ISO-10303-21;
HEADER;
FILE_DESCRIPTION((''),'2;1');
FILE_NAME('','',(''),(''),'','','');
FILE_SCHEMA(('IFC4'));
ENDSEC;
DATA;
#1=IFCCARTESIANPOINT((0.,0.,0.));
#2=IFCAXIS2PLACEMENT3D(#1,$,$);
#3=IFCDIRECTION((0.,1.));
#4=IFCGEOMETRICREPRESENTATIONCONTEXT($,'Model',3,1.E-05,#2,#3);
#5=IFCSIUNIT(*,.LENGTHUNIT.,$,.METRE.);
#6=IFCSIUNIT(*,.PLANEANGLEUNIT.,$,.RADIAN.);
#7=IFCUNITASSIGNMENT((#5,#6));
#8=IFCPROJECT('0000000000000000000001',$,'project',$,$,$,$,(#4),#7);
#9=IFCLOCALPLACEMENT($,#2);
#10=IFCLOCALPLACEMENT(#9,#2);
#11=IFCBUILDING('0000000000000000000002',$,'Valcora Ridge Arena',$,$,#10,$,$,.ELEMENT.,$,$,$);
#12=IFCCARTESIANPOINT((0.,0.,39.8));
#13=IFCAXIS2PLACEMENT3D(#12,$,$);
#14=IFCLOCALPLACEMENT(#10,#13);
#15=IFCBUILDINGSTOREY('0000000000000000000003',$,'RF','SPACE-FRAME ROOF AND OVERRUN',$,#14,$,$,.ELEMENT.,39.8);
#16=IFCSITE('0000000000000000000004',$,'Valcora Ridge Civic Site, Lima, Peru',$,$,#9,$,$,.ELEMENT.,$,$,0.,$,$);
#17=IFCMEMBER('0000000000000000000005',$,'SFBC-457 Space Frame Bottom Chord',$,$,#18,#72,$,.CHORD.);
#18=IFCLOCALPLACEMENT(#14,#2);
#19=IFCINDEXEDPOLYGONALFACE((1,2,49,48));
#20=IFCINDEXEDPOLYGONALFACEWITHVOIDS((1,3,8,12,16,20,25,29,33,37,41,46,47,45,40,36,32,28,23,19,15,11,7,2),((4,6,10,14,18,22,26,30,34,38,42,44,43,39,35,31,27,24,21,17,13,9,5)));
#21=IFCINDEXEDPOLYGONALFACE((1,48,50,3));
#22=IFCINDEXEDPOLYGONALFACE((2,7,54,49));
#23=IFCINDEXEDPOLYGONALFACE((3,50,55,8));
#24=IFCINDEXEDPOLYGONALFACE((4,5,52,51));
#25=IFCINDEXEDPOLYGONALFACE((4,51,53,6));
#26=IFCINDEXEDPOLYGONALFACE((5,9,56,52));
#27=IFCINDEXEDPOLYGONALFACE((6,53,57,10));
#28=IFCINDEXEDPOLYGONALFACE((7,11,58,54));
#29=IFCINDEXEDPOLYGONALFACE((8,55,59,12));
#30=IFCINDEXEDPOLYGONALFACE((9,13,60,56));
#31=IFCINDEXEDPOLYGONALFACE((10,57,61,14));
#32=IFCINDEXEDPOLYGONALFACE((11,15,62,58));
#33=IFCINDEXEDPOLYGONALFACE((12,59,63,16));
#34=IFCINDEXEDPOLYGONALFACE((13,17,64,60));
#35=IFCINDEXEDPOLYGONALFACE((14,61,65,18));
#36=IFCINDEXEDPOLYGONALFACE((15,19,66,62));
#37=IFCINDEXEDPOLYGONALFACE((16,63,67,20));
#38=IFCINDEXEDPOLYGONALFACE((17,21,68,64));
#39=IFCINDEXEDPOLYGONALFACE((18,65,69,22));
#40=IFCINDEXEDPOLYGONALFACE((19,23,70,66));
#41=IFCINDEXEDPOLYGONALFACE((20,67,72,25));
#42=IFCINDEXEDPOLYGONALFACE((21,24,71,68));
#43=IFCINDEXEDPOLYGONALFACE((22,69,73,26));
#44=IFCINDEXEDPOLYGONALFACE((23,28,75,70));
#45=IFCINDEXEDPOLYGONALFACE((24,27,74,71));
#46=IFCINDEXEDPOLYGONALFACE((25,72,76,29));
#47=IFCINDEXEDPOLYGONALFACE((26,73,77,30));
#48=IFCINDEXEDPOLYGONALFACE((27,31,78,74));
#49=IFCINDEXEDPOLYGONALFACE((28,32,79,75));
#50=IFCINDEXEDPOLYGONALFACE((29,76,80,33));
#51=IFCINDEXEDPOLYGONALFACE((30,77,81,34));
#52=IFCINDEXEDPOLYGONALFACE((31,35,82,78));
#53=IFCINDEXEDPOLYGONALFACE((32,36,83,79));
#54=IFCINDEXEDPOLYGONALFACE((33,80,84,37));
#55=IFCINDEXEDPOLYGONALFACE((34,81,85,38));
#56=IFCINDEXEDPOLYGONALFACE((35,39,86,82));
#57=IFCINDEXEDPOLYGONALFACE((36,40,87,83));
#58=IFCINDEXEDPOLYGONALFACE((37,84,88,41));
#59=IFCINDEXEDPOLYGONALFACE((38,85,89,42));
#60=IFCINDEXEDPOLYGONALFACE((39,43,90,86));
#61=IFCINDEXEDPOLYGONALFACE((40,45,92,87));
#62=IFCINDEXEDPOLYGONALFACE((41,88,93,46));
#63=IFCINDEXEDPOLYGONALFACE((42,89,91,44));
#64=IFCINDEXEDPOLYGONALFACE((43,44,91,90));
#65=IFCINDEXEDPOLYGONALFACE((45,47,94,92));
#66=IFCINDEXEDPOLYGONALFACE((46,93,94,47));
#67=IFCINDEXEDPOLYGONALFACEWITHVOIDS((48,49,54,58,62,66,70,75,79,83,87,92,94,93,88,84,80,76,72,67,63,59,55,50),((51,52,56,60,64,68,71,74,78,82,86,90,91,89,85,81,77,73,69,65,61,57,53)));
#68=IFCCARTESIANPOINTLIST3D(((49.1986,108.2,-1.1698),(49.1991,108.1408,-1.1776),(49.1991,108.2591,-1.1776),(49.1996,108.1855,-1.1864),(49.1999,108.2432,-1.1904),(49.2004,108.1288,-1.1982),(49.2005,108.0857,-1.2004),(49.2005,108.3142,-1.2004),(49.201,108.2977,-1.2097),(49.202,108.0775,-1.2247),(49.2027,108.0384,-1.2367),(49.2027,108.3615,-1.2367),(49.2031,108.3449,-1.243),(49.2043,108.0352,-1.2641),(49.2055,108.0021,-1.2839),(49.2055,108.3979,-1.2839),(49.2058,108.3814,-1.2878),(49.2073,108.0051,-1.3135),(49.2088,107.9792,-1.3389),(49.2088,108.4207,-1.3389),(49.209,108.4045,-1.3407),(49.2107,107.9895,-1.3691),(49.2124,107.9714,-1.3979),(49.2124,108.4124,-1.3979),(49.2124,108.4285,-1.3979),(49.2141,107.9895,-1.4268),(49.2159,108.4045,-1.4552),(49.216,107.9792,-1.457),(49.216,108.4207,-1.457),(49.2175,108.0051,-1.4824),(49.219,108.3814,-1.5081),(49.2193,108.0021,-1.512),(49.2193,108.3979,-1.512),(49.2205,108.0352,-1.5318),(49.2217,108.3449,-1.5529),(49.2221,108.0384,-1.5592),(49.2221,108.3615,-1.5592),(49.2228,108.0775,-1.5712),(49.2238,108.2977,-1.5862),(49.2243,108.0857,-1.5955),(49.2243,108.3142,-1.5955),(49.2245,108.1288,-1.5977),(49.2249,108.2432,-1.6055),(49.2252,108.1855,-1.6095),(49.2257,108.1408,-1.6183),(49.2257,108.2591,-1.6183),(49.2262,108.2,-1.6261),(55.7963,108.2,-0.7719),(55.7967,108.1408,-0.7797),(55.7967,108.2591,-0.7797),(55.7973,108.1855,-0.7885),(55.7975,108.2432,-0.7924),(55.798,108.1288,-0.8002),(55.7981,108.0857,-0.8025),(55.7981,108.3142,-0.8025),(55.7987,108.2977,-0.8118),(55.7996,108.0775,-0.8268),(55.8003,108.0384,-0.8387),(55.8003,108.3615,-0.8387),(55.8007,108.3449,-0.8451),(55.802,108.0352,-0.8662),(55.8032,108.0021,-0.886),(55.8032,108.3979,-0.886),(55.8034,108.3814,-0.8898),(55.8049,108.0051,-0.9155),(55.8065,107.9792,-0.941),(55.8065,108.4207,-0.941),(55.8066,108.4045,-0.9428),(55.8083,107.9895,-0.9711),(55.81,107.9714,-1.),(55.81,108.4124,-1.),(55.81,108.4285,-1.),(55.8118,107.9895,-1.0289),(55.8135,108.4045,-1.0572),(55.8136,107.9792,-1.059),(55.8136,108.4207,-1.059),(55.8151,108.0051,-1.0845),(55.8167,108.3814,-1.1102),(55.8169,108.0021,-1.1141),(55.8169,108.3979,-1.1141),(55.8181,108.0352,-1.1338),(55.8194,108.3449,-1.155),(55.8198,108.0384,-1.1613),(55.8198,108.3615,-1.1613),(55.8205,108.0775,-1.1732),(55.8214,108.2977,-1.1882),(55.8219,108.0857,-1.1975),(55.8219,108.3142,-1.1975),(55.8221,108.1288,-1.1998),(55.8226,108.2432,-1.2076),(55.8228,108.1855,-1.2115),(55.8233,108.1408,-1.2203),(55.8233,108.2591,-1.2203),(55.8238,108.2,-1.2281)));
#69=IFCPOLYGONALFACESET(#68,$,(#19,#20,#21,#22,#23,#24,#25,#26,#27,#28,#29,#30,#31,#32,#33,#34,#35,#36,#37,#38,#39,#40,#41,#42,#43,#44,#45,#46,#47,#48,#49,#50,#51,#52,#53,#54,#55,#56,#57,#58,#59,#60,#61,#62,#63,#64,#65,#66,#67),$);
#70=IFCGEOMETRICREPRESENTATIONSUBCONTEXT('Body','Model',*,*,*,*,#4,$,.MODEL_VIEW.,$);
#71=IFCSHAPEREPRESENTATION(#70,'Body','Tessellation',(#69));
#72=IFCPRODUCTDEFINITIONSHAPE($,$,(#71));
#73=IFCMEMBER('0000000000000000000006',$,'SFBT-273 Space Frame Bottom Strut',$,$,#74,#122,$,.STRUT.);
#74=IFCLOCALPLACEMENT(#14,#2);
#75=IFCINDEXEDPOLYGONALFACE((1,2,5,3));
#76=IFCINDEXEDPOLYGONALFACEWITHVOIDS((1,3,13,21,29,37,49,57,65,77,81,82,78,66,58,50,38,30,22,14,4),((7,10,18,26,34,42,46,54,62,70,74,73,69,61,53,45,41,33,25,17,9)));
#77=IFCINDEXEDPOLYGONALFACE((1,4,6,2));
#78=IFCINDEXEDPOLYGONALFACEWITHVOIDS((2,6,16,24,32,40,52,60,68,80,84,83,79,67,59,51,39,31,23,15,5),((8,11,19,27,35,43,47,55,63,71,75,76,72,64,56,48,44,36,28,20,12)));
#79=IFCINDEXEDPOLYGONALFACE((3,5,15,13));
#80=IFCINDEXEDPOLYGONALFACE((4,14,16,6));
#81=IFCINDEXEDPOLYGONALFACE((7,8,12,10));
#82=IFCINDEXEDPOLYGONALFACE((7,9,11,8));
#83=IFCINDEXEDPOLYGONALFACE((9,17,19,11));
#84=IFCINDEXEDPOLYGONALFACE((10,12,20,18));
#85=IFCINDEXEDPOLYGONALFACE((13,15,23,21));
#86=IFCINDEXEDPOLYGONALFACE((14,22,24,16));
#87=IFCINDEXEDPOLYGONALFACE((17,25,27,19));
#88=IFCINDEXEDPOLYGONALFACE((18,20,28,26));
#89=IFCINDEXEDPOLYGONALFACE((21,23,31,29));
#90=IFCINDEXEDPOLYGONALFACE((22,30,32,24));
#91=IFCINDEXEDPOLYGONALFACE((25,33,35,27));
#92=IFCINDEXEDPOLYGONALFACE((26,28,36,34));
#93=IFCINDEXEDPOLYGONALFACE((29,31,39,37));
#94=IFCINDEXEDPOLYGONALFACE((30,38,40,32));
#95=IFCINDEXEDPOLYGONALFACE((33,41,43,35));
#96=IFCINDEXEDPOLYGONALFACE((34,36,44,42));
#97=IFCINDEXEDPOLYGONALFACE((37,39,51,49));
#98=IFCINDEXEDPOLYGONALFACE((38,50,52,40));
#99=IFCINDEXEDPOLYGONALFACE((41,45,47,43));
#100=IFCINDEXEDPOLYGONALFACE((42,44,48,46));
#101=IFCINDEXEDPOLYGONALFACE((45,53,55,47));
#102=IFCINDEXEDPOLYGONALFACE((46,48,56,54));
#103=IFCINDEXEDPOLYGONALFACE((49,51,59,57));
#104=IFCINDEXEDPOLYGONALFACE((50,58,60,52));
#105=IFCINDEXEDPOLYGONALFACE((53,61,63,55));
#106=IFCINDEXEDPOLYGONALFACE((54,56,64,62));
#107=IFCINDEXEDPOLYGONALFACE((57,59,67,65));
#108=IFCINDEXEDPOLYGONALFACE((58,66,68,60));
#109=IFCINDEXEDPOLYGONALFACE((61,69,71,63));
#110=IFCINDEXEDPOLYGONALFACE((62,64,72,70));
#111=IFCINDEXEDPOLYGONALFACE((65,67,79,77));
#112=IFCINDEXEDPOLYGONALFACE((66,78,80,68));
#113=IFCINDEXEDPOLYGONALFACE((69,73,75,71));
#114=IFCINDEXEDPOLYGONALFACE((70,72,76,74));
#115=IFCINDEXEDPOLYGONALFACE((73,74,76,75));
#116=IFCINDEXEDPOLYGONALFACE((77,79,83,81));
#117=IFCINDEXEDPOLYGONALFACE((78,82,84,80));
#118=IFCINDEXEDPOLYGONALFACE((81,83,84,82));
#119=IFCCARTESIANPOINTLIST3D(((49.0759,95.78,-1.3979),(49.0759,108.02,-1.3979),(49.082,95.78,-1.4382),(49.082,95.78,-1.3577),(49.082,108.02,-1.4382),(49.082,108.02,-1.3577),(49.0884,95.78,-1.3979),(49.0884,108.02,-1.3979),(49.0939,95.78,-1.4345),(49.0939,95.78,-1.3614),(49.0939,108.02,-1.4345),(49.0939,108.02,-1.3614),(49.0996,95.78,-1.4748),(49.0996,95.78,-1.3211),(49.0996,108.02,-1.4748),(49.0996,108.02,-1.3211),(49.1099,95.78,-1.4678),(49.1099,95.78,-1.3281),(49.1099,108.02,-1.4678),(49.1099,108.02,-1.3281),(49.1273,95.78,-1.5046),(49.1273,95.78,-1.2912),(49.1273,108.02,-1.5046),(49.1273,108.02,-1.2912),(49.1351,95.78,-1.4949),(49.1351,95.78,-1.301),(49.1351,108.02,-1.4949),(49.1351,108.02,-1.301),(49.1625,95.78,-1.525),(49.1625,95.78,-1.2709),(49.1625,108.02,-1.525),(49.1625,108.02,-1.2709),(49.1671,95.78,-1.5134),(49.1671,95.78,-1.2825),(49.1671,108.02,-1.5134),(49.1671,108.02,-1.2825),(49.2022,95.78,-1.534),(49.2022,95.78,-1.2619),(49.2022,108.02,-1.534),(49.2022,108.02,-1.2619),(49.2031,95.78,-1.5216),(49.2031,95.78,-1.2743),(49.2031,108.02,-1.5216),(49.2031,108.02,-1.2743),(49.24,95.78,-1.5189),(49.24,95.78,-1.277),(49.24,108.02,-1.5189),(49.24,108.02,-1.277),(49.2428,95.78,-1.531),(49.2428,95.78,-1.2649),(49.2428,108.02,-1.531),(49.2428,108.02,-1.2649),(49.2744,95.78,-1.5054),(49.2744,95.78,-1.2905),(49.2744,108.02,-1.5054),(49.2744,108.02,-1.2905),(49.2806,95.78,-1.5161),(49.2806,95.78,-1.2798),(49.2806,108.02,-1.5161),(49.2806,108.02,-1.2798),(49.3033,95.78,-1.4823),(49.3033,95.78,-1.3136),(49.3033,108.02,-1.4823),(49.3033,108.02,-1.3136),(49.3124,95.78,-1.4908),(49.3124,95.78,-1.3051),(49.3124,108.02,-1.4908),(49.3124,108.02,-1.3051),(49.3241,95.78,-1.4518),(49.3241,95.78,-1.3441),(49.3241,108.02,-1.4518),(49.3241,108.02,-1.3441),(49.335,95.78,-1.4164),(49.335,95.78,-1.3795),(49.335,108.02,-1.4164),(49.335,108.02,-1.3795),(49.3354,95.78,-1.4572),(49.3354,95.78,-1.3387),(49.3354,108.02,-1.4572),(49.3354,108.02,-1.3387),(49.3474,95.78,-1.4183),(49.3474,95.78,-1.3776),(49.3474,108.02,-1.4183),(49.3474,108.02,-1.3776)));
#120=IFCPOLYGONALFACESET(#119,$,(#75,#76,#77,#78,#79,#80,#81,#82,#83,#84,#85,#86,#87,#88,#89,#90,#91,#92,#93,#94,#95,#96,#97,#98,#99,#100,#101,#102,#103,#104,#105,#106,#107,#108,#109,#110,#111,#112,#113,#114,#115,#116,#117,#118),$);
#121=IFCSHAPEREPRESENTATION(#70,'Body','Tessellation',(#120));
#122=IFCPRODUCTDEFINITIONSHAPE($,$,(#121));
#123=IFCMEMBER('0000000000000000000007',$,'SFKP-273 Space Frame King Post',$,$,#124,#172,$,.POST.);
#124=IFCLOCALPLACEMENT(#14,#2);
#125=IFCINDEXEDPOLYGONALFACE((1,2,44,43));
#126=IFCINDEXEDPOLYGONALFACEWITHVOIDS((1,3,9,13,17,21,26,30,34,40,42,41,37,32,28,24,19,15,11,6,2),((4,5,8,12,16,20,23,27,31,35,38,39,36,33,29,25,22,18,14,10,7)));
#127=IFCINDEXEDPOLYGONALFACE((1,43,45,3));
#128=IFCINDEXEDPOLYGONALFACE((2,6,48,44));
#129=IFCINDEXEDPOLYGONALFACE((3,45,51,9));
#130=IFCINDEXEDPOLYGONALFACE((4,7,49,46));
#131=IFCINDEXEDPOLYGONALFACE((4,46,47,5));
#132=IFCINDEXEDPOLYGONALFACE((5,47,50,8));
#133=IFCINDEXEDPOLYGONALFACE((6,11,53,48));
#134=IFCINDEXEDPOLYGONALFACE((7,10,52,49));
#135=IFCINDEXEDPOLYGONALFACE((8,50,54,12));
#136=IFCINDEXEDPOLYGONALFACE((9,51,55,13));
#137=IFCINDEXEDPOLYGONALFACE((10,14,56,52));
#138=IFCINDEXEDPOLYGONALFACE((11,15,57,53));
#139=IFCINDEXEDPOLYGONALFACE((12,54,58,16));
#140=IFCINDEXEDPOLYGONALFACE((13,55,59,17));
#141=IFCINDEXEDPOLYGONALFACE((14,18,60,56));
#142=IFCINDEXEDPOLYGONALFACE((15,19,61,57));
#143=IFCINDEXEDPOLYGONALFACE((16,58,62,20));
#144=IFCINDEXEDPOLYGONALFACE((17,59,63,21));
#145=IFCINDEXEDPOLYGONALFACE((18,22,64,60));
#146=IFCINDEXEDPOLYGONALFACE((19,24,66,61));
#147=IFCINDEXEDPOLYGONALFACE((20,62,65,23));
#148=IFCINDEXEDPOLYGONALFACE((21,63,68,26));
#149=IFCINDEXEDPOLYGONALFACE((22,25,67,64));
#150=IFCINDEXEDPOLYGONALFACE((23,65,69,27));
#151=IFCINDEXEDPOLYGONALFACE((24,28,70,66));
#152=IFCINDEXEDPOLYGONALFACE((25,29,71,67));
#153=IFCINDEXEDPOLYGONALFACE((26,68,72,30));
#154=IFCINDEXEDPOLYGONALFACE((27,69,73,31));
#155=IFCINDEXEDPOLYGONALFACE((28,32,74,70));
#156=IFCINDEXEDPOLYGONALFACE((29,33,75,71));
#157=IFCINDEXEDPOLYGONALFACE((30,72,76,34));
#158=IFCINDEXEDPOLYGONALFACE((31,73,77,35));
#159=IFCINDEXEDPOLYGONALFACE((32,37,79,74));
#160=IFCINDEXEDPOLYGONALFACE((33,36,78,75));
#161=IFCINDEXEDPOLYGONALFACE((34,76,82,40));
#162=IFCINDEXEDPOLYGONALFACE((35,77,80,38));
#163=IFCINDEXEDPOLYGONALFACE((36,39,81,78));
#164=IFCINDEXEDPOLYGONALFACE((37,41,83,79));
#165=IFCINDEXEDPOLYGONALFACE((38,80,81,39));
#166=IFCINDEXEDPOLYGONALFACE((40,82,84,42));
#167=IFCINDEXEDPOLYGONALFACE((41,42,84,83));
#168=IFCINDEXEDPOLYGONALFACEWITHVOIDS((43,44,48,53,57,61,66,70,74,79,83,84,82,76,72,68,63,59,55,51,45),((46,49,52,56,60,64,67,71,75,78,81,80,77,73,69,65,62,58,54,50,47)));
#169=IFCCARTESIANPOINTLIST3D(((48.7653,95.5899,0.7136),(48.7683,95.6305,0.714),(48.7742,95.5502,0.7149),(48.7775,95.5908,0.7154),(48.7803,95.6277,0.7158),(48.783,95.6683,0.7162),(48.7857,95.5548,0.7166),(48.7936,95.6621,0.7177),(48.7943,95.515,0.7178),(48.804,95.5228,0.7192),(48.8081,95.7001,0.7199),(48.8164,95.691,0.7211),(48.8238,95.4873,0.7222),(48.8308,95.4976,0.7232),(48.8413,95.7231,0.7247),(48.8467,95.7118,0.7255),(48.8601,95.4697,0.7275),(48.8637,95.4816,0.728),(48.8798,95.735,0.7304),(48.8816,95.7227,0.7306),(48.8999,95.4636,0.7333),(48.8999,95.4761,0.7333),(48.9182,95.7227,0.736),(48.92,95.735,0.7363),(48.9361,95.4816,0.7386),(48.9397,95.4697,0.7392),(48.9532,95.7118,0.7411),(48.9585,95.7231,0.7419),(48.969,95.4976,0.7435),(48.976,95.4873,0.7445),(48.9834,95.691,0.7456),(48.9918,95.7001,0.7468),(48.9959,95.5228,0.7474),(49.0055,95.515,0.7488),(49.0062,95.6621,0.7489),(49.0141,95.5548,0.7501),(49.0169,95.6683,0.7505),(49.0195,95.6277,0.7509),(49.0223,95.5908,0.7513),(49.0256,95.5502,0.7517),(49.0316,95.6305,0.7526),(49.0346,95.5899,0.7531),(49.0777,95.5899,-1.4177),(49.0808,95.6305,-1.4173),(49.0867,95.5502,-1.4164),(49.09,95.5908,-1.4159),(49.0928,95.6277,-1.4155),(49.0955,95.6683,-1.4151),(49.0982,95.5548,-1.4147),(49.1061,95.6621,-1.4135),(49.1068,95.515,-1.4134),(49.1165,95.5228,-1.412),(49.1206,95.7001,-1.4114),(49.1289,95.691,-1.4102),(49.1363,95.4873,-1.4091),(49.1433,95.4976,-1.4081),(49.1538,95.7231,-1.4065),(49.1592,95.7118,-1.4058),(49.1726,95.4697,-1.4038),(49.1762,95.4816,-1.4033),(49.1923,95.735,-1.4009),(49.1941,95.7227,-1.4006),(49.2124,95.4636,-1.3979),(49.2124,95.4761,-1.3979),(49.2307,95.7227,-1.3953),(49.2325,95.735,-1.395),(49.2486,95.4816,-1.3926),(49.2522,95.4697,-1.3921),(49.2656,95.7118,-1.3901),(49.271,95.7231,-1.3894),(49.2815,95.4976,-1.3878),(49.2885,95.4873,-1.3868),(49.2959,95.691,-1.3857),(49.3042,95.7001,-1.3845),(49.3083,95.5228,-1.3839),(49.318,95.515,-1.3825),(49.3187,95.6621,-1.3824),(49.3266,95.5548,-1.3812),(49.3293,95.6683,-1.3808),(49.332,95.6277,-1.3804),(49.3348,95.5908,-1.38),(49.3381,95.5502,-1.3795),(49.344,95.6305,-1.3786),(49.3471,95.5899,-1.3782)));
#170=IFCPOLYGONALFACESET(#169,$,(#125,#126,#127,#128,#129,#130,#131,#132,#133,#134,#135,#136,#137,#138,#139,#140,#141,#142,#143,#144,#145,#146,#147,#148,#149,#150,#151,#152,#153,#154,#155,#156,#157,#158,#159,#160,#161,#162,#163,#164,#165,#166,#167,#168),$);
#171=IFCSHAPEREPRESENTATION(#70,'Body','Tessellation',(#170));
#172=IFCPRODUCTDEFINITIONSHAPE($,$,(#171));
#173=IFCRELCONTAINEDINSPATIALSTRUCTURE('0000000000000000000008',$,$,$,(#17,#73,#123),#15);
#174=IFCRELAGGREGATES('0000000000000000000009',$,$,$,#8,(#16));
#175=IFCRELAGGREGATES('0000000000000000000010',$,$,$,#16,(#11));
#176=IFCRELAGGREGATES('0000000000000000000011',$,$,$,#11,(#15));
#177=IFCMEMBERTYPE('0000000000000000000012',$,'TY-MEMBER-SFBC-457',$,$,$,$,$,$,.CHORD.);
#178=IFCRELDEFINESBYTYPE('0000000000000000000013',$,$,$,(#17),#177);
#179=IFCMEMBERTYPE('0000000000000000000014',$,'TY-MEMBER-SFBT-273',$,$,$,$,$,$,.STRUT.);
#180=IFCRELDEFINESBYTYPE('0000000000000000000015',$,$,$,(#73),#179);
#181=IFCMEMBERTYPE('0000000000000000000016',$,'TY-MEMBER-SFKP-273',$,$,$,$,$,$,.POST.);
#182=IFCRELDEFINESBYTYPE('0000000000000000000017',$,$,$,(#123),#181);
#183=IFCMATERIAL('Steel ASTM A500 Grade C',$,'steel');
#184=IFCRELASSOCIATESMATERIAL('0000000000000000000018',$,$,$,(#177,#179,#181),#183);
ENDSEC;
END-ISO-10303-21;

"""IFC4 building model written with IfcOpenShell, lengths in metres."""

from ifc_helpers import new_model, si_unit, direction, frame, origin, origin_2d, place, context, subcontext, project, spatial, hollow_circle, extrude, material, material_profile, profile_set, type_object, element, save


model = new_model("IFC4")

# Units and contexts
model_context = context("Model", 3, precision=1e-05, world=origin(), true_north=direction((0.0, 1.0)))
body_context = subcontext(model_context, "Body", "Model", "MODEL_VIEW")
ifc_project = project(units=[si_unit("LENGTHUNIT", "METRE"), si_unit("PLANEANGLEUNIT", "RADIAN")], contexts=[model_context])

# Site, building, storey
site_placement = place(None, origin())
site = spatial("IfcSite", under=ifc_project, at=site_placement, Name="Valcora Ridge Civic Site, Lima, Peru", CompositionType="ELEMENT", RefElevation=0.0)
building_placement = place(site_placement, origin())
building = spatial("IfcBuilding", under=site, at=building_placement, Name="Valcora Ridge Arena", CompositionType="ELEMENT")
storey_placement = place(building_placement, frame((0.0, 0.0, 39.8)))
storey = spatial("IfcBuildingStorey", under=building, at=storey_placement, Name="RF", Description="SPACE-FRAME ROOF AND OVERRUN", CompositionType="ELEMENT", Elevation=39.8)

# Members
ifc_material_1 = material(Name="Steel ASTM A500 Grade C", Category="steel")
ifc_material_profile_1 = material_profile(ifc_material_1, hollow_circle(Radius=0.2285, WallThickness=0.0161, at=origin_2d()), Name="CHS457X16")
ifc_profile_set_1 = profile_set([ifc_material_profile_1], Name="Steel ASTM A500 Grade C")
member_type_1 = type_object("IfcMemberType", Name="TY-MEMBER-SFBC-457", PredefinedType="CHORD", material=ifc_profile_set_1)
member_1_placement = place(storey_placement, frame((49.2124, 108.2, -1.3979), z_axis=(0.998186, 0.0, 0.060207), x_axis=(0.0, 1.0, 0.0)))
element("IfcMember", 1, at=member_1_placement, inside=storey, type_object=member_type_1, Name="SFBC-457 Space Frame Bottom Chord", PredefinedType="CHORD", context=body_context, shape_type="SweptSolid", body=[
    extrude(hollow_circle(Radius=0.2285, WallThickness=0.0161, at=origin_2d()), origin(), (0.0, 0.0, 1.0), 6.6096),
])
ifc_material_profile_2 = material_profile(ifc_material_1, hollow_circle(Radius=0.1365, WallThickness=0.0125, at=origin_2d()), Name="CHS273X12")
ifc_profile_set_2 = profile_set([ifc_material_profile_2], Name="Steel ASTM A500 Grade C")
member_type_2 = type_object("IfcMemberType", Name="TY-MEMBER-SFBT-273", PredefinedType="STRUT", material=ifc_profile_set_2)
member_2_placement = place(storey_placement, frame((49.2124, 95.78, -1.3979), z_axis=(0.0, 1.0, 0.0), x_axis=(-1.0, 0.0, 0.0)))
element("IfcMember", 2, at=member_2_placement, inside=storey, type_object=member_type_2, Name="SFBT-273 Space Frame Bottom Strut", PredefinedType="STRUT", context=body_context, shape_type="SweptSolid", body=[
    extrude(hollow_circle(Radius=0.1365, WallThickness=0.0125, at=origin_2d()), origin(), (0.0, 0.0, 1.0), 12.24),
])
ifc_material_profile_3 = material_profile(ifc_material_1, hollow_circle(Radius=0.1365, WallThickness=0.0125, at=origin_2d()), Name="CHS273X12")
ifc_profile_set_3 = profile_set([ifc_material_profile_3], Name="Steel ASTM A500 Grade C")
member_type_3 = type_object("IfcMemberType", Name="TY-MEMBER-SFKP-273", PredefinedType="POST", material=ifc_profile_set_3)
member_3_placement = place(storey_placement, frame((49.2124, 95.6001, -1.3979), z_axis=(-0.14507, 0.0, 0.989421), x_axis=(0.0, -1.0, 0.0)))
element("IfcMember", 3, at=member_3_placement, inside=storey, type_object=member_type_3, Name="SFKP-273 Space Frame King Post", PredefinedType="POST", context=body_context, shape_type="SweptSolid", body=[
    extrude(hollow_circle(Radius=0.1365, WallThickness=0.0125, at=origin_2d()), origin(), (0.0, 0.0, 1.0), 2.1541),
])

save(model, "model.ifc")
